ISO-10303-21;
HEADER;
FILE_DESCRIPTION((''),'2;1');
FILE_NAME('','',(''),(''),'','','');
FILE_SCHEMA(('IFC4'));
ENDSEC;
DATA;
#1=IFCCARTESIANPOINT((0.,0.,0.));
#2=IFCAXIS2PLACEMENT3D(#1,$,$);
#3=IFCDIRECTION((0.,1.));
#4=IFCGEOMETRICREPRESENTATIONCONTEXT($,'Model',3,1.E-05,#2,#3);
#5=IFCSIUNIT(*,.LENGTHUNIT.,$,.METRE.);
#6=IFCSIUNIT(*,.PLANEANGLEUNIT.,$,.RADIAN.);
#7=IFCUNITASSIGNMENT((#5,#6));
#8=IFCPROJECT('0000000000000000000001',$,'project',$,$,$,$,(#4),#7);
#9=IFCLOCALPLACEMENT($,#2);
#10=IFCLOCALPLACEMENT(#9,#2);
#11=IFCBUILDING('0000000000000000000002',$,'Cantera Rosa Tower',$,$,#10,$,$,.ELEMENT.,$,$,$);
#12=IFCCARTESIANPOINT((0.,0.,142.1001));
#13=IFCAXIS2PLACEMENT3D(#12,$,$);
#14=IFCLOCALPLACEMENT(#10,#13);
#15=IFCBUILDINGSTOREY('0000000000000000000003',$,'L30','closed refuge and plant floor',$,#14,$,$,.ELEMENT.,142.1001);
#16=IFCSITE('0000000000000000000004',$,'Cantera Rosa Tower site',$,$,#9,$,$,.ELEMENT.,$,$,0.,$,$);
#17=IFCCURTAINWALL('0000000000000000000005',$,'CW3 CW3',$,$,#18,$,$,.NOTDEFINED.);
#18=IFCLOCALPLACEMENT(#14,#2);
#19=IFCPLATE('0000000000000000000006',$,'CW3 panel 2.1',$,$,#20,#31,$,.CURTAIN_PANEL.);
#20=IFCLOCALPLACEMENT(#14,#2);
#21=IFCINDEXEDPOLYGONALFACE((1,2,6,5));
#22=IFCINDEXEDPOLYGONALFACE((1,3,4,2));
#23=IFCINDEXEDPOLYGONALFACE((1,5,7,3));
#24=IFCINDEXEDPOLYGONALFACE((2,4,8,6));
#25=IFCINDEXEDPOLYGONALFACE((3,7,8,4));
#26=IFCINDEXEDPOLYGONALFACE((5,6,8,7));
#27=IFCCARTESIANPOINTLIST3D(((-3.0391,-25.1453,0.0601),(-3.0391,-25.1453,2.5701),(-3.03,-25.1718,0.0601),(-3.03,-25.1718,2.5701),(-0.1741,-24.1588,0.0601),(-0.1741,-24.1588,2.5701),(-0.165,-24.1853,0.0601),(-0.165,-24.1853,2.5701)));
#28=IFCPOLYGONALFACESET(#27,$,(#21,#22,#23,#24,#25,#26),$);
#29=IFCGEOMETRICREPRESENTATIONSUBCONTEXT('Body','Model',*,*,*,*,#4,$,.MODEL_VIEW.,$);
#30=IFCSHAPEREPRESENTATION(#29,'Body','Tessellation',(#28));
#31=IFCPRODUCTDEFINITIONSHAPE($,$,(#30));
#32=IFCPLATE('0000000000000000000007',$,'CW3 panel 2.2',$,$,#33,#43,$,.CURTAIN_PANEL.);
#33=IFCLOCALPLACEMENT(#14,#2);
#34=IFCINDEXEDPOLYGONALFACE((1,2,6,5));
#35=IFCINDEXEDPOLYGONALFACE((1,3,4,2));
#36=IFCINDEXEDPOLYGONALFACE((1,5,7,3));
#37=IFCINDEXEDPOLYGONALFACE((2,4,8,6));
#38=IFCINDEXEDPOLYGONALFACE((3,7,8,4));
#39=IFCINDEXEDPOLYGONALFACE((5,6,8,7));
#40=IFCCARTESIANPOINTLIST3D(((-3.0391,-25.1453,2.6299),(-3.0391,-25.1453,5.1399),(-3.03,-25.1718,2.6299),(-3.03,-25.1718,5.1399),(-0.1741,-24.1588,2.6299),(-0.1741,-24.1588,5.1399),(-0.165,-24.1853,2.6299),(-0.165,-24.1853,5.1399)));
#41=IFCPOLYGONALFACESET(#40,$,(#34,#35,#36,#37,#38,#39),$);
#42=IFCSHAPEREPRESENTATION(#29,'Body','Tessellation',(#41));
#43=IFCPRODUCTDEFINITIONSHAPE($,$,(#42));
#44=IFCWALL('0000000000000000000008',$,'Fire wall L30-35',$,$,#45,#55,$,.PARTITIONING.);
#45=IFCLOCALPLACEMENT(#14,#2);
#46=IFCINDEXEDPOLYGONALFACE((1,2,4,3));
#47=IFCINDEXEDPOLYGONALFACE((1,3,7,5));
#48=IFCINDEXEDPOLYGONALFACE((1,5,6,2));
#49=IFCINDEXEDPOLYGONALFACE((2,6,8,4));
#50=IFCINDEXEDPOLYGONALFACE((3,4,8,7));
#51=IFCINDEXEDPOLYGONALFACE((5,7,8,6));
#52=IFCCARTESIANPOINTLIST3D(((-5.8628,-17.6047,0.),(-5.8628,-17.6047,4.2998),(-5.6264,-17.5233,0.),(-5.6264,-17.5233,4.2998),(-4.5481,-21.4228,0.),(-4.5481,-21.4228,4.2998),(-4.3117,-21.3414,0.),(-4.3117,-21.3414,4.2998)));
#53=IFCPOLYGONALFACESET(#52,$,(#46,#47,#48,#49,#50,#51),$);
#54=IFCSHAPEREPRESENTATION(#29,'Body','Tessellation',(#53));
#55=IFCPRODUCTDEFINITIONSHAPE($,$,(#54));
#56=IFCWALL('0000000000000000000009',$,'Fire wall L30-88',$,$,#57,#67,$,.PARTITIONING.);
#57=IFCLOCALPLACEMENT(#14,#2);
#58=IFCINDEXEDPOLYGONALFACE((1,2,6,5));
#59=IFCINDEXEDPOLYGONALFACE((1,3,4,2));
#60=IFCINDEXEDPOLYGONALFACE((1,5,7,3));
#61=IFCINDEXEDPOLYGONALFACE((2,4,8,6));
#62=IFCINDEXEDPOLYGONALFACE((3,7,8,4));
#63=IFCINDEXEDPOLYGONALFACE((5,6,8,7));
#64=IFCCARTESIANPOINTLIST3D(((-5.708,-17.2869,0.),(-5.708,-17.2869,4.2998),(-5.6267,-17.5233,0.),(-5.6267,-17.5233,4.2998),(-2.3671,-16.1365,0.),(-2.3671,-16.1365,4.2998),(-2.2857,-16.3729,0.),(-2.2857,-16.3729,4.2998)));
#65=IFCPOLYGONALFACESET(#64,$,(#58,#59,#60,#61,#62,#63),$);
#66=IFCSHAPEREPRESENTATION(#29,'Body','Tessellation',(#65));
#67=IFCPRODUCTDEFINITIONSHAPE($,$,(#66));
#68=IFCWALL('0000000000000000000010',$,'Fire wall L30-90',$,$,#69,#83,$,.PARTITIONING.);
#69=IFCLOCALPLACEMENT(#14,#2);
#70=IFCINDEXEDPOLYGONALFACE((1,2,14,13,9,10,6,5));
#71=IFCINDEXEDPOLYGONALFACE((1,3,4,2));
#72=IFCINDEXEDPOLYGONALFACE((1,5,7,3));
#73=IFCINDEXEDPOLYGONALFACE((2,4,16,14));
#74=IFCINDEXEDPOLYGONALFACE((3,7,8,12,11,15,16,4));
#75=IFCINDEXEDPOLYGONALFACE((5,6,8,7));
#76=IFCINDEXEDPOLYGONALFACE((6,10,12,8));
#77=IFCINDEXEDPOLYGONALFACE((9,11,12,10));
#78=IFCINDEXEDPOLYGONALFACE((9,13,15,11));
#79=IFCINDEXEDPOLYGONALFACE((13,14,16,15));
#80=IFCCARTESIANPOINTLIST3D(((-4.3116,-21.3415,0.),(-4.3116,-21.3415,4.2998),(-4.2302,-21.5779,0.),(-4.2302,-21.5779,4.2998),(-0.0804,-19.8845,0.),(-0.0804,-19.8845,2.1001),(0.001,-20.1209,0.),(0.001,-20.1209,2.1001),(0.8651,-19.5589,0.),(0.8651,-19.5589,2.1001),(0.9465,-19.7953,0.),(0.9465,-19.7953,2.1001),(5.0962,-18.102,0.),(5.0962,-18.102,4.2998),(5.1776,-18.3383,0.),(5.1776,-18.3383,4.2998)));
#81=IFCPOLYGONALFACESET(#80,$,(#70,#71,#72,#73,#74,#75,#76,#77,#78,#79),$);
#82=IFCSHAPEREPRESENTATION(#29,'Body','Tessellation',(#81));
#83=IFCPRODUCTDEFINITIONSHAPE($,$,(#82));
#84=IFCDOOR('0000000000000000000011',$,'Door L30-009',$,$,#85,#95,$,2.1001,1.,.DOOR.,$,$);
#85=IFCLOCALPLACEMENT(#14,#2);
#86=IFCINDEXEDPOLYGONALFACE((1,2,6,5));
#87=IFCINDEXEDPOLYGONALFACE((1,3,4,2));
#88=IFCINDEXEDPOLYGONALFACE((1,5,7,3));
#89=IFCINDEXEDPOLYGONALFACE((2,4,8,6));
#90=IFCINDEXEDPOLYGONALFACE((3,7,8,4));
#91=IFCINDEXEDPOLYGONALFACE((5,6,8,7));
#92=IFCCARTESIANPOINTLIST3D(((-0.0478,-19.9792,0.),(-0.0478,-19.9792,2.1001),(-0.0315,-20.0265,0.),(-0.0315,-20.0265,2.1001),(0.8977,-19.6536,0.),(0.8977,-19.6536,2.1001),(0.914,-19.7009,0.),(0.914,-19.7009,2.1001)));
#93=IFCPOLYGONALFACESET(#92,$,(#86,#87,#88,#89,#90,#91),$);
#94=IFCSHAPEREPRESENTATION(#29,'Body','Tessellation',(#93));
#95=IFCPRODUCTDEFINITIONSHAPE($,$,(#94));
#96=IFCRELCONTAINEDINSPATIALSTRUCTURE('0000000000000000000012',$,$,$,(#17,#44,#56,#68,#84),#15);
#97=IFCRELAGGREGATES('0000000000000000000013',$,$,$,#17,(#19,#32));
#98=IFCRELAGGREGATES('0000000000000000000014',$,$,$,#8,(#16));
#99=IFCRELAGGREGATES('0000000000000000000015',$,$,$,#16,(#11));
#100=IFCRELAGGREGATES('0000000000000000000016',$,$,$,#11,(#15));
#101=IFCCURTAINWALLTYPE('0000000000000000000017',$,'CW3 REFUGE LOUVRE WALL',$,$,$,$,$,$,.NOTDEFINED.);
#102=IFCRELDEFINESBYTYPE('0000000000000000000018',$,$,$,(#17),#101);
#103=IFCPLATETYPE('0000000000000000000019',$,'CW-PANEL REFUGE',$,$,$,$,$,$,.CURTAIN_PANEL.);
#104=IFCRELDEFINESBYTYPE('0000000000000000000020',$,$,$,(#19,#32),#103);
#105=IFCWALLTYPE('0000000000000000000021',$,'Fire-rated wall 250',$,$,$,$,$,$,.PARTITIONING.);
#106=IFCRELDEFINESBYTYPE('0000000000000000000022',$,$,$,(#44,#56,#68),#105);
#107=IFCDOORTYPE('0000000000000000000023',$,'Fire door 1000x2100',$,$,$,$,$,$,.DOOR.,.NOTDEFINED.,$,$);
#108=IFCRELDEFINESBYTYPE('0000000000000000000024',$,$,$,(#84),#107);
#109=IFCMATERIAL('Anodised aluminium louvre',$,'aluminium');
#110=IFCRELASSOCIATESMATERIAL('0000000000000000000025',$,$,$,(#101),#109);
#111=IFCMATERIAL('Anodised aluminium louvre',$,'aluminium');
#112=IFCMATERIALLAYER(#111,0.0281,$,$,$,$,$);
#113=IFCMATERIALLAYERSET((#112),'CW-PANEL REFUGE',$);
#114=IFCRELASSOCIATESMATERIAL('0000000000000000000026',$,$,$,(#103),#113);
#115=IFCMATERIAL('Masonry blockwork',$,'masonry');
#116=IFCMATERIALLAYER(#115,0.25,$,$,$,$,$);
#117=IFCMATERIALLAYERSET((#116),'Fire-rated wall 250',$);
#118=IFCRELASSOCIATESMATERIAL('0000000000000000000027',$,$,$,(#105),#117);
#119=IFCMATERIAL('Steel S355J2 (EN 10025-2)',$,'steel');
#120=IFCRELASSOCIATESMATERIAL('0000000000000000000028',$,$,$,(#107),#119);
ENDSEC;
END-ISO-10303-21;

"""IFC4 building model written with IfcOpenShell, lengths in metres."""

from ifc_helpers import new_model, si_unit, direction, frame, frame_2d, origin, origin_2d, place, context, subcontext, project, spatial, rectangle, extrude, material, layer, layer_set, type_object, element, fill, aggregate, save


model = new_model("IFC4")

# Units and contexts
model_context = context("Model", 3, precision=1e-05, world=origin(), true_north=direction((0.0, 1.0)))
body_context = subcontext(model_context, "Body", "Model", "MODEL_VIEW")
ifc_project = project(units=[si_unit("LENGTHUNIT", "METRE"), si_unit("PLANEANGLEUNIT", "RADIAN")], contexts=[model_context])

# Site, building, storey
site_placement = place(None, origin())
site = spatial("IfcSite", under=ifc_project, at=site_placement, Name="Cantera Rosa Tower site", CompositionType="ELEMENT", RefElevation=0.0)
building_placement = place(site_placement, origin())
building = spatial("IfcBuilding", under=site, at=building_placement, Name="Cantera Rosa Tower", CompositionType="ELEMENT")
storey_placement = place(building_placement, frame((0.0, 0.0, 142.1001)))
storey = spatial("IfcBuildingStorey", under=building, at=storey_placement, Name="L30", Description="closed refuge and plant floor", CompositionType="ELEMENT", Elevation=142.1001)

# Shared definitions
ifc_material_1 = material(Name="Anodised aluminium louvre", Category="aluminium")
curtain_wall_type = type_object("IfcCurtainWallType", Name="CW3 REFUGE LOUVRE WALL", PredefinedType="NOTDEFINED", material=ifc_material_1)

# Curtain wall
curtain_wall_1_placement = place(storey_placement, origin())
curtain_wall_1 = element("IfcCurtainWall", 1, at=curtain_wall_1_placement, inside=storey, type_object=curtain_wall_type, Name="CW3 CW3", PredefinedType="NOTDEFINED")

# Plates
ifc_material_2 = material(Name="Anodised aluminium louvre", Category="aluminium")
ifc_layer_1 = layer(ifc_material_2, 0.0281)
ifc_layer_set_1 = layer_set([ifc_layer_1], Name="CW-PANEL REFUGE")
plate_type = type_object("IfcPlateType", Name="CW-PANEL REFUGE", PredefinedType="CURTAIN_PANEL", material=ifc_layer_set_1)
plate_1_placement = place(storey_placement, frame((-1.6021, -24.6653, 0.0601), z_axis=(0.0, 0.0, 1.0), x_axis=(0.945519, 0.325568, 0.0)))
plate_1 = element("IfcPlate", 2, at=plate_1_placement, type_object=plate_type, Name="CW3 panel 2.1", PredefinedType="CURTAIN_PANEL", context=body_context, shape_type="SweptSolid", body=[
    extrude(rectangle(XDim=3.03, YDim=0.0281, at=origin_2d()), origin(), (0.0, 0.0, 1.0), 2.51),
])
plate_2_placement = place(storey_placement, frame((-1.6021, -24.6653, 2.6299), z_axis=(0.0, 0.0, 1.0), x_axis=(0.945519, 0.325568, 0.0)))
plate_2 = element("IfcPlate", 3, at=plate_2_placement, type_object=plate_type, Name="CW3 panel 2.2", PredefinedType="CURTAIN_PANEL", context=body_context, shape_type="SweptSolid", body=[
    extrude(rectangle(XDim=3.03, YDim=0.0281, at=origin_2d()), origin(), (0.0, 0.0, 1.0), 2.51),
])
aggregate(curtain_wall_1, [plate_1, plate_2])

# Walls
ifc_material_3 = material(Name="Masonry blockwork", Category="masonry")
ifc_layer_2 = layer(ifc_material_3, 0.25)
ifc_layer_set_2 = layer_set([ifc_layer_2], Name="Fire-rated wall 250")
wall_type = type_object("IfcWallType", Name="Fire-rated wall 250", PredefinedType="PARTITIONING", material=ifc_layer_set_2)
wall_1_placement = place(storey_placement, frame((-4.4299, -21.3821, 0.0), z_axis=(0.0, 0.0, 1.0), x_axis=(-0.325571, 0.945517, 0.0)))
element("IfcWall", 4, at=wall_1_placement, inside=storey, type_object=wall_type, Name="Fire wall L30-35", PredefinedType="PARTITIONING", context=body_context, shape_type="SweptSolid", body=[
    extrude(rectangle(XDim=4.0381, YDim=0.25, at=frame_2d((2.019, 0.0))), origin(), (0.0, 0.0, 1.0), 4.2998),
])
wall_2_placement = place(storey_placement, frame((-5.6672, -17.405, 0.0), z_axis=(0.0, 0.0, 1.0), x_axis=(0.945521, 0.325561, 0.0)))
element("IfcWall", 5, at=wall_2_placement, inside=storey, type_object=wall_type, Name="Fire wall L30-88", PredefinedType="PARTITIONING", context=body_context, shape_type="SweptSolid", body=[
    extrude(rectangle(XDim=3.5334, YDim=0.25, at=frame_2d((1.7666, 0.0))), origin(), (0.0, 0.0, 1.0), 4.2998),
])

# Wall, opening, door
wall_3_placement = place(storey_placement, frame((-4.271, -21.4597, 0.0), z_axis=(0.0, 0.0, 1.0), x_axis=(0.945513, 0.325583, 0.0)))
wall_3 = element("IfcWall", 6, at=wall_3_placement, inside=storey, type_object=wall_type, Name="Fire wall L30-90", PredefinedType="PARTITIONING", context=body_context, shape_type="SweptSolid", body=[
    extrude(rectangle(XDim=9.95, YDim=0.25, at=frame_2d((4.9751, 0.0))), origin(), (0.0, 0.0, 1.0), 4.2998),
])
opening_placement = place(wall_3_placement, frame((4.4751, 0.0, 0.0)))
opening = element("IfcOpeningElement", 7, at=opening_placement, cuts=wall_3, PredefinedType="OPENING", context=body_context, shape_type="SweptSolid", body=[
    extrude(rectangle(XDim=1.0, YDim=2.1001, at=frame_2d((0.5, 1.05))), frame((0.0, 0.135, 0.0), z_axis=(0.0, -1.0, 0.0), x_axis=(1.0, 0.0, 0.0)), (0.0, 0.0, 1.0), 0.27),
])
ifc_material_4 = material(Name="Steel S355J2 (EN 10025-2)", Category="steel")
door_type = type_object("IfcDoorType", Name="Fire door 1000x2100", OperationType="NOTDEFINED", PredefinedType="DOOR", material=ifc_material_4)
door_placement = place(opening_placement, origin())
door = element("IfcDoor", 8, at=door_placement, inside=storey, type_object=door_type, Name="Door L30-009", OverallHeight=2.1001, OverallWidth=1.0, PredefinedType="DOOR", context=body_context, shape_type="SweptSolid", body=[
    extrude(rectangle(XDim=1.0, YDim=2.1001, at=frame_2d((0.5, 1.05))), frame((0.0, 0.0249, 0.0), z_axis=(0.0, -1.0, 0.0), x_axis=(1.0, 0.0, 0.0)), (0.0, 0.0, 1.0), 0.05),
])
fill(opening, door)

save(model, "model.ifc")
